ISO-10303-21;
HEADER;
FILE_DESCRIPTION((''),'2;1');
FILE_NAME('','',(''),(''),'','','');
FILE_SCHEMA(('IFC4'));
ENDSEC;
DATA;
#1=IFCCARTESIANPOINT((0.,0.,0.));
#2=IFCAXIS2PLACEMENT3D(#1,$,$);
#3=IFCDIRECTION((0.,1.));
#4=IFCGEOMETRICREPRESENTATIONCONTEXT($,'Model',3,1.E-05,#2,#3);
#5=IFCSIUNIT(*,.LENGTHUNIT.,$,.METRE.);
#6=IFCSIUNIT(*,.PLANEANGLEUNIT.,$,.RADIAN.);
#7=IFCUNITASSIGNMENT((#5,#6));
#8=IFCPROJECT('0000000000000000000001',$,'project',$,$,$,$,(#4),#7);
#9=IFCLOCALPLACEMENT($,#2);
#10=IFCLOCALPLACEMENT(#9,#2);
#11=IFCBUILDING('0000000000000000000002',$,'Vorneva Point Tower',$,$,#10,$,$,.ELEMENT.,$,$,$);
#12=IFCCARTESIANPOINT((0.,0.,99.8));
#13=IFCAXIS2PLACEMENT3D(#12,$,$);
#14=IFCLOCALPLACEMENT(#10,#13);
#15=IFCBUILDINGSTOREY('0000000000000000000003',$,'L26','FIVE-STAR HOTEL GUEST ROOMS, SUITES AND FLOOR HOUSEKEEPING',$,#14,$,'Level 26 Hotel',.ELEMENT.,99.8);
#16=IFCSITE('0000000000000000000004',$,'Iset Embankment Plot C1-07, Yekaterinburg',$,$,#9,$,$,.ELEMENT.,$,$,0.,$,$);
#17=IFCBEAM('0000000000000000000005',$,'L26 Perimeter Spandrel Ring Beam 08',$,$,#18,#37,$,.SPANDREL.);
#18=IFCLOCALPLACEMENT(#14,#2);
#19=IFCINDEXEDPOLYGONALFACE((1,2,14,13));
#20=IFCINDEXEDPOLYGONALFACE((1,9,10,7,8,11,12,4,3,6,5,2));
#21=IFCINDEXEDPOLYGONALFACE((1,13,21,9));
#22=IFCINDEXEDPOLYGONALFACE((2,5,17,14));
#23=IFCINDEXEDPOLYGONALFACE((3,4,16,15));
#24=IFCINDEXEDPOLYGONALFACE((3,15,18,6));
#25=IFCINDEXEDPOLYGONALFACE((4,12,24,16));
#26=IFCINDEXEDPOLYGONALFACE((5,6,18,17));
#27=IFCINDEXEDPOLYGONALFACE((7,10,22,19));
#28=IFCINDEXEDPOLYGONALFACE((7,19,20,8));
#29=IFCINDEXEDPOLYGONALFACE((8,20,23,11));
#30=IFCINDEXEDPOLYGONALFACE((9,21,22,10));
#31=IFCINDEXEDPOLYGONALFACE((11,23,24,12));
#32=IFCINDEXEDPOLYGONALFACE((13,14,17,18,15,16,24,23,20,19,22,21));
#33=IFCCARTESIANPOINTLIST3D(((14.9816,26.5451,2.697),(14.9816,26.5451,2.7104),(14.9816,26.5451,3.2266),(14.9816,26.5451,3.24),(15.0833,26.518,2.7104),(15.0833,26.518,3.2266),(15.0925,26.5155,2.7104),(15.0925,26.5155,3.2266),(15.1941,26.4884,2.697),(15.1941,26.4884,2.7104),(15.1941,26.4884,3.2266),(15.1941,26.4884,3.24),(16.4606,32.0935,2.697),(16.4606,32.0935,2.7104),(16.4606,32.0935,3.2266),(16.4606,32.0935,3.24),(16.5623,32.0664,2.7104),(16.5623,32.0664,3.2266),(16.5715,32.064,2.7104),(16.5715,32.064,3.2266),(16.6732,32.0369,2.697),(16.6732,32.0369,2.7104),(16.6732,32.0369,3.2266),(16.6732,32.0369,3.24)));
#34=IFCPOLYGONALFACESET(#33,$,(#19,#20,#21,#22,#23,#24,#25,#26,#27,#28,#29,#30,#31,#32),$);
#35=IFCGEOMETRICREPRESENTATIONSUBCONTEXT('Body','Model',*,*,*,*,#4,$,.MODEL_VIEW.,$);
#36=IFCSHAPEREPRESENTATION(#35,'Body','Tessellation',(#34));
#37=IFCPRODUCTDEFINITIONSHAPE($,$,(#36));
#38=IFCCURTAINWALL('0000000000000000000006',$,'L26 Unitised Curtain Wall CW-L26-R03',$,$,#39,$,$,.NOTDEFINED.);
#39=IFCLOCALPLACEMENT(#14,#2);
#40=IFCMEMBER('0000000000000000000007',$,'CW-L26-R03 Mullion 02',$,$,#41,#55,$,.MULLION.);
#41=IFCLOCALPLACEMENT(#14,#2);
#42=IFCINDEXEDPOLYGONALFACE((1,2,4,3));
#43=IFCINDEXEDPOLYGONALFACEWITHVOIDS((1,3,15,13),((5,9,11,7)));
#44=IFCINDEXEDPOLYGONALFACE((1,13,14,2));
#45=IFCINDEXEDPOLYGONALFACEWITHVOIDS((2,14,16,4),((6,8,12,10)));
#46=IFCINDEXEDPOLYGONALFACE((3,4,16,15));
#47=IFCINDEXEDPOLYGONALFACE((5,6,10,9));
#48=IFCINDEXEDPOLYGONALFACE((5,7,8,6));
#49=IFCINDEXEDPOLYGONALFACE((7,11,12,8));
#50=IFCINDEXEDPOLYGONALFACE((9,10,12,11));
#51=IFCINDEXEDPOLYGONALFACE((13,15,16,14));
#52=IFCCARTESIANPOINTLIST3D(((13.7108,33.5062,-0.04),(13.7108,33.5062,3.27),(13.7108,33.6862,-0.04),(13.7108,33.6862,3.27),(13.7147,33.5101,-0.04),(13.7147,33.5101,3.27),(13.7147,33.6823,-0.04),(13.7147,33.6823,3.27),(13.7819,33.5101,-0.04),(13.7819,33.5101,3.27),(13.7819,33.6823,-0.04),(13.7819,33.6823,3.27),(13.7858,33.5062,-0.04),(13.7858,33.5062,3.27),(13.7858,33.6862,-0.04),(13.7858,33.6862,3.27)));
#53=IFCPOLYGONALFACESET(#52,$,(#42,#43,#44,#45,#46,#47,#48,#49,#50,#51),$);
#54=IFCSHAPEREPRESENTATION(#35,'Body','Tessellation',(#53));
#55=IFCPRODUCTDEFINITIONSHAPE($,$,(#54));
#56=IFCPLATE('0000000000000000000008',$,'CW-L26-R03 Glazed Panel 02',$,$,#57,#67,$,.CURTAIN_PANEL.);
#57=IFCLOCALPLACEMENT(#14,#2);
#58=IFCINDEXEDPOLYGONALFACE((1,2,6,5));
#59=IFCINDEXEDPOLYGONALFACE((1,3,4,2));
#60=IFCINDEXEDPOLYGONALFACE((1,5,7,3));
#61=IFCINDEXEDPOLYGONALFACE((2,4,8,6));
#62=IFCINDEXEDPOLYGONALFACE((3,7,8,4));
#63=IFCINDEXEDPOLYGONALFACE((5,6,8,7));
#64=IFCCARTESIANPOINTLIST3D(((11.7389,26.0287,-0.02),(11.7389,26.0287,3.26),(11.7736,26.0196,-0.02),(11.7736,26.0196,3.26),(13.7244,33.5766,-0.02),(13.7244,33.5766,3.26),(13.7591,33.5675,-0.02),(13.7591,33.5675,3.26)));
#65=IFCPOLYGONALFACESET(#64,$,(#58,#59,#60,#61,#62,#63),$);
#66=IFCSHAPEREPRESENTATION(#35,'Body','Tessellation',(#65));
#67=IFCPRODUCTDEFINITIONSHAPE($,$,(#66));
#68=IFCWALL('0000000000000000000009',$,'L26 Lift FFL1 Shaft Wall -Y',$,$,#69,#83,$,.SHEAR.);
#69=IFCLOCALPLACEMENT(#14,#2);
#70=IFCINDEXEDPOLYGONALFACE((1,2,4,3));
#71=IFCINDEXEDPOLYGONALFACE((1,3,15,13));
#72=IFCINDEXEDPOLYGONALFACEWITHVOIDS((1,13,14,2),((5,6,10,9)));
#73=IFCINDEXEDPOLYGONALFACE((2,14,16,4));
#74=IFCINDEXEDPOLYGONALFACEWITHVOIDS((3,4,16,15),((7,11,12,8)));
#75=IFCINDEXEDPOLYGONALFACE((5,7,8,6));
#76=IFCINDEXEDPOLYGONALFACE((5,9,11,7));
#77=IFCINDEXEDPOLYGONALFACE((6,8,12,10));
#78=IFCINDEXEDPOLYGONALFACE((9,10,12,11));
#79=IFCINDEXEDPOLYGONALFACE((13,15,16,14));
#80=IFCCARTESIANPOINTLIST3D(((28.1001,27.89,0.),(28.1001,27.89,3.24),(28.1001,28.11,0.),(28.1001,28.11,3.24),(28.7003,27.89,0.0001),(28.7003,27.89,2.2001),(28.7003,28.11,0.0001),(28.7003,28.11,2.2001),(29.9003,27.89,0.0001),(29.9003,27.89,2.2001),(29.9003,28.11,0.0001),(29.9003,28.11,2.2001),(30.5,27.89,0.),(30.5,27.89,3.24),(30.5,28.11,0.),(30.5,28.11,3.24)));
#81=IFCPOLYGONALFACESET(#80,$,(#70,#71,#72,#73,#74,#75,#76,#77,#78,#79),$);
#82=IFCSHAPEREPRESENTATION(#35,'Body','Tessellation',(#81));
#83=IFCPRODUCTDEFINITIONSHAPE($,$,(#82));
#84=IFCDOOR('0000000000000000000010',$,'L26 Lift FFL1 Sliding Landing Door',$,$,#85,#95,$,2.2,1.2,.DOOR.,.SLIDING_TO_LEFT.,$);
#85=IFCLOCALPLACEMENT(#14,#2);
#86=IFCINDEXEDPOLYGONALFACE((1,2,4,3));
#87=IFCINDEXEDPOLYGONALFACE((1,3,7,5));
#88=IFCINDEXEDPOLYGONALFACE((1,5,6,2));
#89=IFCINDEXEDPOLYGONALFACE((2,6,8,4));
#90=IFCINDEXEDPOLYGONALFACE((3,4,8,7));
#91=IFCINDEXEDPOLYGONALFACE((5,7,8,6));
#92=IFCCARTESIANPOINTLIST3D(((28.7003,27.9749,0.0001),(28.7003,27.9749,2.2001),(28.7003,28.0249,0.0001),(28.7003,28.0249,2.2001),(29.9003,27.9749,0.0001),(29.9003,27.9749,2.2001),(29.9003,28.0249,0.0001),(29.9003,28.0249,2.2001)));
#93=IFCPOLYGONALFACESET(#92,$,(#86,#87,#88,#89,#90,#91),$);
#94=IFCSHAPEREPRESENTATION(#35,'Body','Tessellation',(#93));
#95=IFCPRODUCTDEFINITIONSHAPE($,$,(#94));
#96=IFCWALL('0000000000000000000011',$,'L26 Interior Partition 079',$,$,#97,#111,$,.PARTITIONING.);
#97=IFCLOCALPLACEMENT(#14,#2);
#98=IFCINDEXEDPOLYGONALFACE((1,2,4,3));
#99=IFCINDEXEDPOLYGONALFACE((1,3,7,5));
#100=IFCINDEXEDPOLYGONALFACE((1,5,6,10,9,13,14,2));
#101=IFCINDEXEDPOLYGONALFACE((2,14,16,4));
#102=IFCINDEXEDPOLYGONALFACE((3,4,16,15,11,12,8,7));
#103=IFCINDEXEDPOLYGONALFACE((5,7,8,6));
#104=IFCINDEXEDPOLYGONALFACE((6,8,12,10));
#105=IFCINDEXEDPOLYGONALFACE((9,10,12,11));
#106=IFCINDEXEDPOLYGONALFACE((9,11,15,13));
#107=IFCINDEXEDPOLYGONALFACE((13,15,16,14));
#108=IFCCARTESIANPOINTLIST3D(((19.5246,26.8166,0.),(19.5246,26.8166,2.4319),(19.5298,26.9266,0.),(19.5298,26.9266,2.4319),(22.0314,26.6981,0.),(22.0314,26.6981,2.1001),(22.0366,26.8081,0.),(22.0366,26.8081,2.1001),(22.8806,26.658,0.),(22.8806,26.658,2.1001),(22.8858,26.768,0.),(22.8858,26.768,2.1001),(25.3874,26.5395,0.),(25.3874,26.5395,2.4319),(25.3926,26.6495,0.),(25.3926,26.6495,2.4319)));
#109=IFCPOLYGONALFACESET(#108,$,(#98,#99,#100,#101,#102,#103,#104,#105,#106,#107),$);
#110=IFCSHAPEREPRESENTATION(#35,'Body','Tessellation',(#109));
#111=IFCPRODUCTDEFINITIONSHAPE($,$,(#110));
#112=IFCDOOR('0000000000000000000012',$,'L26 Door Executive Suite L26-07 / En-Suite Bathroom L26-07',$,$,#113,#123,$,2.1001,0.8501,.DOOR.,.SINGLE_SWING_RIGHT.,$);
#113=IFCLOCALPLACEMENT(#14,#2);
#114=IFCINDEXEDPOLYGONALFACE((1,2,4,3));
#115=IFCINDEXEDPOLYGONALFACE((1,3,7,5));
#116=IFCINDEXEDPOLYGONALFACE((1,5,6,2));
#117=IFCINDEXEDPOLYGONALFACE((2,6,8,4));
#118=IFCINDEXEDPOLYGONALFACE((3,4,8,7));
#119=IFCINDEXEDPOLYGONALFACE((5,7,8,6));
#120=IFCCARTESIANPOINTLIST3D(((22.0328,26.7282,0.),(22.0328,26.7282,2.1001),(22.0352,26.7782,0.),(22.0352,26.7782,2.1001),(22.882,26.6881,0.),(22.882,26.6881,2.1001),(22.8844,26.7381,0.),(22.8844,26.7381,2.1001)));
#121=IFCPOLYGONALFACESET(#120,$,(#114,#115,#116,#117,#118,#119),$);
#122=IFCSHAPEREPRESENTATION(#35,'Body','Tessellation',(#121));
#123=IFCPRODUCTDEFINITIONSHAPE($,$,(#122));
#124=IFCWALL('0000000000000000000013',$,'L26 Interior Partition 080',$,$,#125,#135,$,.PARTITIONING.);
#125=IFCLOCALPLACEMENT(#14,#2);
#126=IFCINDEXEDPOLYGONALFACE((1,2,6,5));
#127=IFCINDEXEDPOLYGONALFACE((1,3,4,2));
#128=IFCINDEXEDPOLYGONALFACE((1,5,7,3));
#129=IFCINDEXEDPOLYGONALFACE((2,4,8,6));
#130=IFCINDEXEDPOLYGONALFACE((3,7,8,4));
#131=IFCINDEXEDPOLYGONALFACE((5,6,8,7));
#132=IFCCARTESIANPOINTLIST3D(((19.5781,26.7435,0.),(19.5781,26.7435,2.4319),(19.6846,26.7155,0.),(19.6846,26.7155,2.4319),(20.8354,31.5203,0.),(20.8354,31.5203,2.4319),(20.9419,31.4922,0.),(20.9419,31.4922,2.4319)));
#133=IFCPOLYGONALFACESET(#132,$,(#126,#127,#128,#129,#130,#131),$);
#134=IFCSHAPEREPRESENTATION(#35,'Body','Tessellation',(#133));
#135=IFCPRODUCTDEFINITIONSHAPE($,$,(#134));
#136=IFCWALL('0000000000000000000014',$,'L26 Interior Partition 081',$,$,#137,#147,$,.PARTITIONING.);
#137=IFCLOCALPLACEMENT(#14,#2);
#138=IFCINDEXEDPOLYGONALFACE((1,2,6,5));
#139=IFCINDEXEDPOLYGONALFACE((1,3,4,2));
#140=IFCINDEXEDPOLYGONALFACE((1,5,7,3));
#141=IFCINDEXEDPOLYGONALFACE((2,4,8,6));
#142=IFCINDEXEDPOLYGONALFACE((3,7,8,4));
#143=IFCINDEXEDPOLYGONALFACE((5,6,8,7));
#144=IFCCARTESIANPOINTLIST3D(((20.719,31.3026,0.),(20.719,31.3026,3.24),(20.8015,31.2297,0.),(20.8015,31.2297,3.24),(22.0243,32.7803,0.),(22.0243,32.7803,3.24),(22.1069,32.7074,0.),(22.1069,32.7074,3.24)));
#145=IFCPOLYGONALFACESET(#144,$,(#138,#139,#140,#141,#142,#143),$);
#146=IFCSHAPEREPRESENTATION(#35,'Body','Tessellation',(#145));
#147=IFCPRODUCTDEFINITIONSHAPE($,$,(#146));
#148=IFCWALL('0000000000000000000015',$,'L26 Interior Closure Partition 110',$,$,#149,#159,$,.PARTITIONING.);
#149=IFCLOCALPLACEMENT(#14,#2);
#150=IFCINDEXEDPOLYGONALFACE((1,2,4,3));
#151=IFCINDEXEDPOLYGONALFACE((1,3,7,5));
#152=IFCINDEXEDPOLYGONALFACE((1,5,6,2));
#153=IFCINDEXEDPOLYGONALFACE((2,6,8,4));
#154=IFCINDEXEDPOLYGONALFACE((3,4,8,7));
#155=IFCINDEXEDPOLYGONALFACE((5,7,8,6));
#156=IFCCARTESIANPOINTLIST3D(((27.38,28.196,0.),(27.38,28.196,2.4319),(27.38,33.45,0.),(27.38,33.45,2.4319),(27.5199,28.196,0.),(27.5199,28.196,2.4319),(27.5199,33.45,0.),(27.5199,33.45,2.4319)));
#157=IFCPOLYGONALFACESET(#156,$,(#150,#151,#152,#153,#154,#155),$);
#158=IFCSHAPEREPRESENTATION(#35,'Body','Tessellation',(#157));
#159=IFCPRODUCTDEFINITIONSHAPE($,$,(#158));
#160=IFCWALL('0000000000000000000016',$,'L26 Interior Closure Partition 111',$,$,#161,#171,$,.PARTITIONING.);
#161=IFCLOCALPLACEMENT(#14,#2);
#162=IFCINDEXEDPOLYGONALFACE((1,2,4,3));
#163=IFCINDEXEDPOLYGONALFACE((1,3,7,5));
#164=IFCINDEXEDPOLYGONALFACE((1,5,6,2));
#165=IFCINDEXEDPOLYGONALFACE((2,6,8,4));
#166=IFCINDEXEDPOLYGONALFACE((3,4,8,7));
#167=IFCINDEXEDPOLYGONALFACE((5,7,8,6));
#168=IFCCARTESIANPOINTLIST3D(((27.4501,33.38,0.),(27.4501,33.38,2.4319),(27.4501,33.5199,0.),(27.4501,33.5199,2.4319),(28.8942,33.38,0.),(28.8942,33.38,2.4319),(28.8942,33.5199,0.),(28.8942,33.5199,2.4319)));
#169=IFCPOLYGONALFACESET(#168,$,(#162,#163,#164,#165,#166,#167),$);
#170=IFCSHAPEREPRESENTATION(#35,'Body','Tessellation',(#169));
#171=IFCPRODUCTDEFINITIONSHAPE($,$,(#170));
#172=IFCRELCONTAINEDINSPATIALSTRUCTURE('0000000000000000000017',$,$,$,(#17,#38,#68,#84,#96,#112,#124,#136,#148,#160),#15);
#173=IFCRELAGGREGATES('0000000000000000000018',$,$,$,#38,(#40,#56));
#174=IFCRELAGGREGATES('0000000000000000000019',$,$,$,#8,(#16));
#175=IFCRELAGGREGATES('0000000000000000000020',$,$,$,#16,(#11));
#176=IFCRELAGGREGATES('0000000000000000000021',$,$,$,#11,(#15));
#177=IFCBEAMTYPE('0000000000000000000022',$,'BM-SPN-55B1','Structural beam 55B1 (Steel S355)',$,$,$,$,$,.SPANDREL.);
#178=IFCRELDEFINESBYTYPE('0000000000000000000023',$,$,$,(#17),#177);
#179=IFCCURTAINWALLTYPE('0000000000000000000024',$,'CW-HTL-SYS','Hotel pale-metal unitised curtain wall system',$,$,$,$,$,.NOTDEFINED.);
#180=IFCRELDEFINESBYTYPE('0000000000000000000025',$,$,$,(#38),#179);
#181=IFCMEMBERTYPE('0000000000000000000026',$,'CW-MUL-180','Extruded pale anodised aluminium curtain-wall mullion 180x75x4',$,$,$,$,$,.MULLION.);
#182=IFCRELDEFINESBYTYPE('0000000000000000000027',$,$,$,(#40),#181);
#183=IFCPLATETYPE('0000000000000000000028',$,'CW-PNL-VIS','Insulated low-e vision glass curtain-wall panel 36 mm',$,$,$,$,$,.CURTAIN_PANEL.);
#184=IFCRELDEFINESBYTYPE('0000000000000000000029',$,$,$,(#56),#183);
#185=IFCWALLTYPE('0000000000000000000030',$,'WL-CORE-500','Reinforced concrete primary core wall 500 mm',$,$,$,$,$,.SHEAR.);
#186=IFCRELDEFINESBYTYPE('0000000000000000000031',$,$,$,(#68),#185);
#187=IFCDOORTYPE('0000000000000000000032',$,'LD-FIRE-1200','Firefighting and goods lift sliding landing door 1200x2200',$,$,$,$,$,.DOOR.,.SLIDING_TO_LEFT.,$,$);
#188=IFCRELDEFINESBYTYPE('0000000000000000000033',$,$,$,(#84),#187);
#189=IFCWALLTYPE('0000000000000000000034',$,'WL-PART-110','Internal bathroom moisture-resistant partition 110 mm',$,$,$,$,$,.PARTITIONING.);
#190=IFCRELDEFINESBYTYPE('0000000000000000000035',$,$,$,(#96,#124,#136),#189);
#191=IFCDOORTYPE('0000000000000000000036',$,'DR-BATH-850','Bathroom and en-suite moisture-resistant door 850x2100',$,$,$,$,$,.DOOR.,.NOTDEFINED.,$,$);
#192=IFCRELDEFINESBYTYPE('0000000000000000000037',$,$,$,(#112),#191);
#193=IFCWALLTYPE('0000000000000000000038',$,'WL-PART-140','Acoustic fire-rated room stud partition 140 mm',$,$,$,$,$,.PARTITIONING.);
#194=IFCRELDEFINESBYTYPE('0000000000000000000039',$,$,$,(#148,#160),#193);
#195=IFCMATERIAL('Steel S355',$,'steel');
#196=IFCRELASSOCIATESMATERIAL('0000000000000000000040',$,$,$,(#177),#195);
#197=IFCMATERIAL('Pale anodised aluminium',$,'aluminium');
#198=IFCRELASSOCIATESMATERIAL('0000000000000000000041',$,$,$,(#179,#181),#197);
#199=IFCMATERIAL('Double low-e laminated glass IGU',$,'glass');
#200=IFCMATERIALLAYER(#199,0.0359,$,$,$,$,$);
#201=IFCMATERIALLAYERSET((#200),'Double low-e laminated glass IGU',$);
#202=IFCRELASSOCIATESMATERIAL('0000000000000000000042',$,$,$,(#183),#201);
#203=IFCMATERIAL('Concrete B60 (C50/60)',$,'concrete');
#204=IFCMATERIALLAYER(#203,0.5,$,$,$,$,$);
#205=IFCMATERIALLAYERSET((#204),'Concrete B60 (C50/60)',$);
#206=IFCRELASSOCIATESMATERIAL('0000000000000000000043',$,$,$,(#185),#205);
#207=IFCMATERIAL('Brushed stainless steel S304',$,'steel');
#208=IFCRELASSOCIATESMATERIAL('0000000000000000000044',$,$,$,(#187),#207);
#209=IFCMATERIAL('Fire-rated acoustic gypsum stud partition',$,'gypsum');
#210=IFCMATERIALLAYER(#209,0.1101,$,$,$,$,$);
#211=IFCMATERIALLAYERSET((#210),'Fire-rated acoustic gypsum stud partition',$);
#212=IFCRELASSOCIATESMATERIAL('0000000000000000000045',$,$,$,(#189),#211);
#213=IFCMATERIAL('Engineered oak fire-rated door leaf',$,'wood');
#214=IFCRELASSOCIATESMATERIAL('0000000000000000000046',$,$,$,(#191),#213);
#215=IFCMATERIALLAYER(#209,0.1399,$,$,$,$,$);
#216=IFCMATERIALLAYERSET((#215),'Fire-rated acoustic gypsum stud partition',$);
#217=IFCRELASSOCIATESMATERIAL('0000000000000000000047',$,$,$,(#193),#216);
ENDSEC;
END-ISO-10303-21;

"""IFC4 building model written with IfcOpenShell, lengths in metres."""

from ifc_helpers import new_model, si_unit, direction, frame, frame_2d, origin, origin_2d, place, context, subcontext, project, spatial, rectangle, hollow_rectangle, i_section, extrude, material, layer, layer_set, material_profile, profile_set, type_object, element, fill, aggregate, save


model = new_model("IFC4")

# Units and contexts
model_context = context("Model", 3, precision=1e-05, world=origin(), true_north=direction((0.0, 1.0)))
body_context = subcontext(model_context, "Body", "Model", "MODEL_VIEW")
ifc_project = project(units=[si_unit("LENGTHUNIT", "METRE"), si_unit("PLANEANGLEUNIT", "RADIAN")], contexts=[model_context])

# Site, building, storey
site_placement = place(None, origin())
site = spatial("IfcSite", under=ifc_project, at=site_placement, Name="Iset Embankment Plot C1-07, Yekaterinburg", CompositionType="ELEMENT", RefElevation=0.0)
building_placement = place(site_placement, origin())
building = spatial("IfcBuilding", under=site, at=building_placement, Name="Vorneva Point Tower", CompositionType="ELEMENT")
storey_placement = place(building_placement, frame((0.0, 0.0, 99.8)))
storey = spatial("IfcBuildingStorey", under=building, at=storey_placement, Name="L26", Description="FIVE-STAR HOTEL GUEST ROOMS, SUITES AND FLOOR HOUSEKEEPING", LongName="Level 26 Hotel", CompositionType="ELEMENT", Elevation=99.8)

# Shared definitions
ifc_material_1 = material(Name="Concrete B60 (C50/60)", Category="concrete")

# Beam
ifc_material_2 = material(Name="Steel S355", Category="steel")
ifc_material_profile_1 = material_profile(ifc_material_2, i_section(OverallWidth=0.22, OverallDepth=0.543, WebThickness=0.0095, FlangeThickness=0.0134, at=origin_2d()), Name="55B1")
ifc_profile_set_1 = profile_set([ifc_material_profile_1], Name="Steel S355")
beam_type_1 = type_object("IfcBeamType", Name="BM-SPN-55B1", Description="Structural beam 55B1 (Steel S355)", PredefinedType="SPANDREL", material=ifc_profile_set_1)
beam_1_placement = place(storey_placement, frame((16.5669, 32.0652, 2.9685), z_axis=(-0.257573, -0.966259, 0.0), x_axis=(0.966259, -0.257573, 0.0)))
element("IfcBeam", 1, at=beam_1_placement, inside=storey, type_object=beam_type_1, Name="L26 Perimeter Spandrel Ring Beam 08", PredefinedType="SPANDREL", context=body_context, shape_type="SweptSolid", body=[
    extrude(i_section(OverallWidth=0.22, OverallDepth=0.543, WebThickness=0.0095, FlangeThickness=0.0134, at=origin_2d()), origin(), (0.0, 0.0, 1.0), 5.7422),
])

# Curtain wall, member, plate
ifc_material_3 = material(Name="Pale anodised aluminium", Category="aluminium")
curtain_wall_type = type_object("IfcCurtainWallType", Name="CW-HTL-SYS", Description="Hotel pale-metal unitised curtain wall system", PredefinedType="NOTDEFINED", material=ifc_material_3)
curtain_wall_placement = place(storey_placement, origin())
curtain_wall = element("IfcCurtainWall", 2, at=curtain_wall_placement, inside=storey, type_object=curtain_wall_type, Name="L26 Unitised Curtain Wall CW-L26-R03", PredefinedType="NOTDEFINED")
ifc_material_profile_2 = material_profile(ifc_material_3, hollow_rectangle(XDim=0.075, YDim=0.1799, WallThickness=0.0039, at=origin_2d()), Name="AL-MUL 180x75x4")
ifc_profile_set_2 = profile_set([ifc_material_profile_2], Name="Pale anodised aluminium")
member_type = type_object("IfcMemberType", Name="CW-MUL-180", Description="Extruded pale anodised aluminium curtain-wall mullion 180x75x4", PredefinedType="MULLION", material=ifc_profile_set_2)
member_placement = place(storey_placement, frame((13.7483, 33.5962, -0.04), z_axis=(0.0, 0.0, 1.0), x_axis=(1.0, 0.0, 0.0)))
member = element("IfcMember", 3, at=member_placement, type_object=member_type, Name="CW-L26-R03 Mullion 02", PredefinedType="MULLION", context=body_context, shape_type="SweptSolid", body=[
    extrude(hollow_rectangle(XDim=0.075, YDim=0.1799, WallThickness=0.0039, at=origin_2d()), origin(), (0.0, 0.0, 1.0), 3.3101),
])
ifc_material_4 = material(Name="Double low-e laminated glass IGU", Category="glass")
ifc_layer_1 = layer(ifc_material_4, 0.0359)
ifc_layer_set_1 = layer_set([ifc_layer_1], Name="Double low-e laminated glass IGU")
plate_type = type_object("IfcPlateType", Name="CW-PNL-VIS", Description="Insulated low-e vision glass curtain-wall panel 36 mm", PredefinedType="CURTAIN_PANEL", material=ifc_layer_set_1)
plate_placement = place(storey_placement, frame((12.749, 29.7981, -0.02), z_axis=(0.0, 0.0, 1.0), x_axis=(-0.254399, -0.967099, 0.0)))
plate = element("IfcPlate", 4, at=plate_placement, type_object=plate_type, Name="CW-L26-R03 Glazed Panel 02", PredefinedType="CURTAIN_PANEL", context=body_context, shape_type="SweptSolid", body=[
    extrude(rectangle(XDim=7.8047, YDim=0.0359, at=origin_2d()), origin(), (0.0, 0.0, 1.0), 3.28),
])
aggregate(curtain_wall, [member, plate])

# Walls, openings, doors
ifc_layer_2 = layer(ifc_material_1, 0.5)
ifc_layer_set_2 = layer_set([ifc_layer_2], Name="Concrete B60 (C50/60)")
wall_type_1 = type_object("IfcWallType", Name="WL-CORE-500", Description="Reinforced concrete primary core wall 500 mm", PredefinedType="SHEAR", material=ifc_layer_set_2)
wall_1_placement = place(storey_placement, frame((28.1001, 28.0, 0.0), z_axis=(0.0, 0.0, 1.0), x_axis=(1.0, 0.0, 0.0)))
wall_1 = element("IfcWall", 5, at=wall_1_placement, inside=storey, type_object=wall_type_1, Name="L26 Lift FFL1 Shaft Wall -Y", PredefinedType="SHEAR", context=body_context, shape_type="SweptSolid", body=[
    extrude(rectangle(XDim=2.3999, YDim=0.22, at=frame_2d((1.2, 0.0))), origin(), (0.0, 0.0, 1.0), 3.24),
])
opening_1_placement = place(wall_1_placement, frame((0.6001, 0.0, 0.0)))
opening_1 = element("IfcOpeningElement", 6, at=opening_1_placement, cuts=wall_1, PredefinedType="OPENING", context=body_context, shape_type="SweptSolid", body=[
    extrude(rectangle(XDim=1.2, YDim=2.2, at=frame_2d((0.6001, 1.1001))), frame((0.0, 0.125, 0.0), z_axis=(0.0, -1.0, 0.0), x_axis=(1.0, 0.0, 0.0)), (0.0, 0.0, 1.0), 0.2498),
])
ifc_material_5 = material(Name="Brushed stainless steel S304", Category="steel")
door_type_1 = type_object("IfcDoorType", Name="LD-FIRE-1200", Description="Firefighting and goods lift sliding landing door 1200x2200", OperationType="SLIDING_TO_LEFT", PredefinedType="DOOR", material=ifc_material_5)
door_1_placement = place(opening_1_placement, origin())
door_1 = element("IfcDoor", 7, at=door_1_placement, inside=storey, type_object=door_type_1, Name="L26 Lift FFL1 Sliding Landing Door", OperationType="SLIDING_TO_LEFT", OverallHeight=2.2, OverallWidth=1.2, PredefinedType="DOOR", context=body_context, shape_type="SweptSolid", body=[
    extrude(rectangle(XDim=1.2, YDim=2.2, at=frame_2d((0.6001, 1.1001))), frame((0.0, 0.0249, 0.0), z_axis=(0.0, -1.0, 0.0), x_axis=(1.0, 0.0, 0.0)), (0.0, 0.0, 1.0), 0.05),
])
fill(opening_1, door_1)
ifc_material_6 = material(Name="Fire-rated acoustic gypsum stud partition", Category="gypsum")
ifc_layer_3 = layer(ifc_material_6, 0.1101)
ifc_layer_set_3 = layer_set([ifc_layer_3], Name="Fire-rated acoustic gypsum stud partition")
wall_type_2 = type_object("IfcWallType", Name="WL-PART-110", Description="Internal bathroom moisture-resistant partition 110 mm", PredefinedType="PARTITIONING", material=ifc_layer_set_3)
wall_2_placement = place(storey_placement, frame((25.3899, 26.5945, 0.0), z_axis=(0.0, 0.0, 1.0), x_axis=(-0.998885, 0.047211, 0.0)))
wall_2 = element("IfcWall", 8, at=wall_2_placement, inside=storey, type_object=wall_type_2, Name="L26 Interior Partition 079", PredefinedType="PARTITIONING", context=body_context, shape_type="SweptSolid", body=[
    extrude(rectangle(XDim=5.8694, YDim=0.1101, at=frame_2d((2.9346, 0.0))), origin(), (0.0, 0.0, 1.0), 2.4319),
])
opening_2_placement = place(wall_2_placement, frame((2.5095, 0.0, 0.0)))
opening_2 = element("IfcOpeningElement", 9, at=opening_2_placement, cuts=wall_2, PredefinedType="OPENING", context=body_context, shape_type="SweptSolid", body=[
    extrude(rectangle(XDim=0.8501, YDim=2.1001, at=frame_2d((0.425, 1.05))), frame((0.0, 0.0698, 0.0), z_axis=(0.0, -1.0, 0.0), x_axis=(1.0, 0.0, 0.0)), (0.0, 0.0, 1.0), 0.1399),
])
ifc_material_7 = material(Name="Engineered oak fire-rated door leaf", Category="wood")
door_type_2 = type_object("IfcDoorType", Name="DR-BATH-850", Description="Bathroom and en-suite moisture-resistant door 850x2100", OperationType="NOTDEFINED", PredefinedType="DOOR", material=ifc_material_7)
door_2_placement = place(opening_2_placement, origin())
door_2 = element("IfcDoor", 10, at=door_2_placement, inside=storey, type_object=door_type_2, Name="L26 Door Executive Suite L26-07 / En-Suite Bathroom L26-07", OperationType="SINGLE_SWING_RIGHT", OverallHeight=2.1001, OverallWidth=0.8501, PredefinedType="DOOR", context=body_context, shape_type="SweptSolid", body=[
    extrude(rectangle(XDim=0.8501, YDim=2.1001, at=frame_2d((0.425, 1.05))), frame((0.0, 0.0249, 0.0), z_axis=(0.0, -1.0, 0.0), x_axis=(1.0, 0.0, 0.0)), (0.0, 0.0, 1.0), 0.05),
])
fill(opening_2, door_2)

# Walls
wall_3_placement = place(storey_placement, frame((19.6313, 26.7295, 0.0), z_axis=(0.0, 0.0, 1.0), x_axis=(0.254542, 0.967062, 0.0)))
element("IfcWall", 11, at=wall_3_placement, inside=storey, type_object=wall_type_2, Name="L26 Interior Partition 080", PredefinedType="PARTITIONING", context=body_context, shape_type="SweptSolid", body=[
    extrude(rectangle(XDim=4.9395, YDim=0.1101, at=frame_2d((2.4697, 0.0))), origin(), (0.0, 0.0, 1.0), 2.4319),
])
wall_4_placement = place(storey_placement, frame((20.7603, 31.2661, 0.0), z_axis=(0.0, 0.0, 1.0), x_axis=(0.662047, 0.749462, 0.0)))
element("IfcWall", 12, at=wall_4_placement, inside=storey, type_object=wall_type_2, Name="L26 Interior Partition 081", PredefinedType="PARTITIONING", context=body_context, shape_type="SweptSolid", body=[
    extrude(rectangle(XDim=1.9717, YDim=0.1101, at=frame_2d((0.9858, 0.0))), origin(), (0.0, 0.0, 1.0), 3.24),
])
ifc_layer_4 = layer(ifc_material_6, 0.1399)
ifc_layer_set_4 = layer_set([ifc_layer_4], Name="Fire-rated acoustic gypsum stud partition")
wall_type_3 = type_object("IfcWallType", Name="WL-PART-140", Description="Acoustic fire-rated room stud partition 140 mm", PredefinedType="PARTITIONING", material=ifc_layer_set_4)
wall_5_placement = place(storey_placement, frame((27.45, 28.196, 0.0), z_axis=(0.0, 0.0, 1.0), x_axis=(0.0, 1.0, 0.0)))
element("IfcWall", 13, at=wall_5_placement, inside=storey, type_object=wall_type_3, Name="L26 Interior Closure Partition 110", PredefinedType="PARTITIONING", context=body_context, shape_type="SweptSolid", body=[
    extrude(rectangle(XDim=5.2539, YDim=0.1399, at=frame_2d((2.627, 0.0))), origin(), (0.0, 0.0, 1.0), 2.4319),
])
wall_6_placement = place(storey_placement, frame((27.45, 33.45, 0.0), z_axis=(0.0, 0.0, 1.0), x_axis=(1.0, 0.0, 0.0)))
element("IfcWall", 14, at=wall_6_placement, inside=storey, type_object=wall_type_3, Name="L26 Interior Closure Partition 111", PredefinedType="PARTITIONING", context=body_context, shape_type="SweptSolid", body=[
    extrude(rectangle(XDim=1.4441, YDim=0.1399, at=frame_2d((0.7222, 0.0))), origin(), (0.0, 0.0, 1.0), 2.4319),
])

save(model, "model.ifc")
